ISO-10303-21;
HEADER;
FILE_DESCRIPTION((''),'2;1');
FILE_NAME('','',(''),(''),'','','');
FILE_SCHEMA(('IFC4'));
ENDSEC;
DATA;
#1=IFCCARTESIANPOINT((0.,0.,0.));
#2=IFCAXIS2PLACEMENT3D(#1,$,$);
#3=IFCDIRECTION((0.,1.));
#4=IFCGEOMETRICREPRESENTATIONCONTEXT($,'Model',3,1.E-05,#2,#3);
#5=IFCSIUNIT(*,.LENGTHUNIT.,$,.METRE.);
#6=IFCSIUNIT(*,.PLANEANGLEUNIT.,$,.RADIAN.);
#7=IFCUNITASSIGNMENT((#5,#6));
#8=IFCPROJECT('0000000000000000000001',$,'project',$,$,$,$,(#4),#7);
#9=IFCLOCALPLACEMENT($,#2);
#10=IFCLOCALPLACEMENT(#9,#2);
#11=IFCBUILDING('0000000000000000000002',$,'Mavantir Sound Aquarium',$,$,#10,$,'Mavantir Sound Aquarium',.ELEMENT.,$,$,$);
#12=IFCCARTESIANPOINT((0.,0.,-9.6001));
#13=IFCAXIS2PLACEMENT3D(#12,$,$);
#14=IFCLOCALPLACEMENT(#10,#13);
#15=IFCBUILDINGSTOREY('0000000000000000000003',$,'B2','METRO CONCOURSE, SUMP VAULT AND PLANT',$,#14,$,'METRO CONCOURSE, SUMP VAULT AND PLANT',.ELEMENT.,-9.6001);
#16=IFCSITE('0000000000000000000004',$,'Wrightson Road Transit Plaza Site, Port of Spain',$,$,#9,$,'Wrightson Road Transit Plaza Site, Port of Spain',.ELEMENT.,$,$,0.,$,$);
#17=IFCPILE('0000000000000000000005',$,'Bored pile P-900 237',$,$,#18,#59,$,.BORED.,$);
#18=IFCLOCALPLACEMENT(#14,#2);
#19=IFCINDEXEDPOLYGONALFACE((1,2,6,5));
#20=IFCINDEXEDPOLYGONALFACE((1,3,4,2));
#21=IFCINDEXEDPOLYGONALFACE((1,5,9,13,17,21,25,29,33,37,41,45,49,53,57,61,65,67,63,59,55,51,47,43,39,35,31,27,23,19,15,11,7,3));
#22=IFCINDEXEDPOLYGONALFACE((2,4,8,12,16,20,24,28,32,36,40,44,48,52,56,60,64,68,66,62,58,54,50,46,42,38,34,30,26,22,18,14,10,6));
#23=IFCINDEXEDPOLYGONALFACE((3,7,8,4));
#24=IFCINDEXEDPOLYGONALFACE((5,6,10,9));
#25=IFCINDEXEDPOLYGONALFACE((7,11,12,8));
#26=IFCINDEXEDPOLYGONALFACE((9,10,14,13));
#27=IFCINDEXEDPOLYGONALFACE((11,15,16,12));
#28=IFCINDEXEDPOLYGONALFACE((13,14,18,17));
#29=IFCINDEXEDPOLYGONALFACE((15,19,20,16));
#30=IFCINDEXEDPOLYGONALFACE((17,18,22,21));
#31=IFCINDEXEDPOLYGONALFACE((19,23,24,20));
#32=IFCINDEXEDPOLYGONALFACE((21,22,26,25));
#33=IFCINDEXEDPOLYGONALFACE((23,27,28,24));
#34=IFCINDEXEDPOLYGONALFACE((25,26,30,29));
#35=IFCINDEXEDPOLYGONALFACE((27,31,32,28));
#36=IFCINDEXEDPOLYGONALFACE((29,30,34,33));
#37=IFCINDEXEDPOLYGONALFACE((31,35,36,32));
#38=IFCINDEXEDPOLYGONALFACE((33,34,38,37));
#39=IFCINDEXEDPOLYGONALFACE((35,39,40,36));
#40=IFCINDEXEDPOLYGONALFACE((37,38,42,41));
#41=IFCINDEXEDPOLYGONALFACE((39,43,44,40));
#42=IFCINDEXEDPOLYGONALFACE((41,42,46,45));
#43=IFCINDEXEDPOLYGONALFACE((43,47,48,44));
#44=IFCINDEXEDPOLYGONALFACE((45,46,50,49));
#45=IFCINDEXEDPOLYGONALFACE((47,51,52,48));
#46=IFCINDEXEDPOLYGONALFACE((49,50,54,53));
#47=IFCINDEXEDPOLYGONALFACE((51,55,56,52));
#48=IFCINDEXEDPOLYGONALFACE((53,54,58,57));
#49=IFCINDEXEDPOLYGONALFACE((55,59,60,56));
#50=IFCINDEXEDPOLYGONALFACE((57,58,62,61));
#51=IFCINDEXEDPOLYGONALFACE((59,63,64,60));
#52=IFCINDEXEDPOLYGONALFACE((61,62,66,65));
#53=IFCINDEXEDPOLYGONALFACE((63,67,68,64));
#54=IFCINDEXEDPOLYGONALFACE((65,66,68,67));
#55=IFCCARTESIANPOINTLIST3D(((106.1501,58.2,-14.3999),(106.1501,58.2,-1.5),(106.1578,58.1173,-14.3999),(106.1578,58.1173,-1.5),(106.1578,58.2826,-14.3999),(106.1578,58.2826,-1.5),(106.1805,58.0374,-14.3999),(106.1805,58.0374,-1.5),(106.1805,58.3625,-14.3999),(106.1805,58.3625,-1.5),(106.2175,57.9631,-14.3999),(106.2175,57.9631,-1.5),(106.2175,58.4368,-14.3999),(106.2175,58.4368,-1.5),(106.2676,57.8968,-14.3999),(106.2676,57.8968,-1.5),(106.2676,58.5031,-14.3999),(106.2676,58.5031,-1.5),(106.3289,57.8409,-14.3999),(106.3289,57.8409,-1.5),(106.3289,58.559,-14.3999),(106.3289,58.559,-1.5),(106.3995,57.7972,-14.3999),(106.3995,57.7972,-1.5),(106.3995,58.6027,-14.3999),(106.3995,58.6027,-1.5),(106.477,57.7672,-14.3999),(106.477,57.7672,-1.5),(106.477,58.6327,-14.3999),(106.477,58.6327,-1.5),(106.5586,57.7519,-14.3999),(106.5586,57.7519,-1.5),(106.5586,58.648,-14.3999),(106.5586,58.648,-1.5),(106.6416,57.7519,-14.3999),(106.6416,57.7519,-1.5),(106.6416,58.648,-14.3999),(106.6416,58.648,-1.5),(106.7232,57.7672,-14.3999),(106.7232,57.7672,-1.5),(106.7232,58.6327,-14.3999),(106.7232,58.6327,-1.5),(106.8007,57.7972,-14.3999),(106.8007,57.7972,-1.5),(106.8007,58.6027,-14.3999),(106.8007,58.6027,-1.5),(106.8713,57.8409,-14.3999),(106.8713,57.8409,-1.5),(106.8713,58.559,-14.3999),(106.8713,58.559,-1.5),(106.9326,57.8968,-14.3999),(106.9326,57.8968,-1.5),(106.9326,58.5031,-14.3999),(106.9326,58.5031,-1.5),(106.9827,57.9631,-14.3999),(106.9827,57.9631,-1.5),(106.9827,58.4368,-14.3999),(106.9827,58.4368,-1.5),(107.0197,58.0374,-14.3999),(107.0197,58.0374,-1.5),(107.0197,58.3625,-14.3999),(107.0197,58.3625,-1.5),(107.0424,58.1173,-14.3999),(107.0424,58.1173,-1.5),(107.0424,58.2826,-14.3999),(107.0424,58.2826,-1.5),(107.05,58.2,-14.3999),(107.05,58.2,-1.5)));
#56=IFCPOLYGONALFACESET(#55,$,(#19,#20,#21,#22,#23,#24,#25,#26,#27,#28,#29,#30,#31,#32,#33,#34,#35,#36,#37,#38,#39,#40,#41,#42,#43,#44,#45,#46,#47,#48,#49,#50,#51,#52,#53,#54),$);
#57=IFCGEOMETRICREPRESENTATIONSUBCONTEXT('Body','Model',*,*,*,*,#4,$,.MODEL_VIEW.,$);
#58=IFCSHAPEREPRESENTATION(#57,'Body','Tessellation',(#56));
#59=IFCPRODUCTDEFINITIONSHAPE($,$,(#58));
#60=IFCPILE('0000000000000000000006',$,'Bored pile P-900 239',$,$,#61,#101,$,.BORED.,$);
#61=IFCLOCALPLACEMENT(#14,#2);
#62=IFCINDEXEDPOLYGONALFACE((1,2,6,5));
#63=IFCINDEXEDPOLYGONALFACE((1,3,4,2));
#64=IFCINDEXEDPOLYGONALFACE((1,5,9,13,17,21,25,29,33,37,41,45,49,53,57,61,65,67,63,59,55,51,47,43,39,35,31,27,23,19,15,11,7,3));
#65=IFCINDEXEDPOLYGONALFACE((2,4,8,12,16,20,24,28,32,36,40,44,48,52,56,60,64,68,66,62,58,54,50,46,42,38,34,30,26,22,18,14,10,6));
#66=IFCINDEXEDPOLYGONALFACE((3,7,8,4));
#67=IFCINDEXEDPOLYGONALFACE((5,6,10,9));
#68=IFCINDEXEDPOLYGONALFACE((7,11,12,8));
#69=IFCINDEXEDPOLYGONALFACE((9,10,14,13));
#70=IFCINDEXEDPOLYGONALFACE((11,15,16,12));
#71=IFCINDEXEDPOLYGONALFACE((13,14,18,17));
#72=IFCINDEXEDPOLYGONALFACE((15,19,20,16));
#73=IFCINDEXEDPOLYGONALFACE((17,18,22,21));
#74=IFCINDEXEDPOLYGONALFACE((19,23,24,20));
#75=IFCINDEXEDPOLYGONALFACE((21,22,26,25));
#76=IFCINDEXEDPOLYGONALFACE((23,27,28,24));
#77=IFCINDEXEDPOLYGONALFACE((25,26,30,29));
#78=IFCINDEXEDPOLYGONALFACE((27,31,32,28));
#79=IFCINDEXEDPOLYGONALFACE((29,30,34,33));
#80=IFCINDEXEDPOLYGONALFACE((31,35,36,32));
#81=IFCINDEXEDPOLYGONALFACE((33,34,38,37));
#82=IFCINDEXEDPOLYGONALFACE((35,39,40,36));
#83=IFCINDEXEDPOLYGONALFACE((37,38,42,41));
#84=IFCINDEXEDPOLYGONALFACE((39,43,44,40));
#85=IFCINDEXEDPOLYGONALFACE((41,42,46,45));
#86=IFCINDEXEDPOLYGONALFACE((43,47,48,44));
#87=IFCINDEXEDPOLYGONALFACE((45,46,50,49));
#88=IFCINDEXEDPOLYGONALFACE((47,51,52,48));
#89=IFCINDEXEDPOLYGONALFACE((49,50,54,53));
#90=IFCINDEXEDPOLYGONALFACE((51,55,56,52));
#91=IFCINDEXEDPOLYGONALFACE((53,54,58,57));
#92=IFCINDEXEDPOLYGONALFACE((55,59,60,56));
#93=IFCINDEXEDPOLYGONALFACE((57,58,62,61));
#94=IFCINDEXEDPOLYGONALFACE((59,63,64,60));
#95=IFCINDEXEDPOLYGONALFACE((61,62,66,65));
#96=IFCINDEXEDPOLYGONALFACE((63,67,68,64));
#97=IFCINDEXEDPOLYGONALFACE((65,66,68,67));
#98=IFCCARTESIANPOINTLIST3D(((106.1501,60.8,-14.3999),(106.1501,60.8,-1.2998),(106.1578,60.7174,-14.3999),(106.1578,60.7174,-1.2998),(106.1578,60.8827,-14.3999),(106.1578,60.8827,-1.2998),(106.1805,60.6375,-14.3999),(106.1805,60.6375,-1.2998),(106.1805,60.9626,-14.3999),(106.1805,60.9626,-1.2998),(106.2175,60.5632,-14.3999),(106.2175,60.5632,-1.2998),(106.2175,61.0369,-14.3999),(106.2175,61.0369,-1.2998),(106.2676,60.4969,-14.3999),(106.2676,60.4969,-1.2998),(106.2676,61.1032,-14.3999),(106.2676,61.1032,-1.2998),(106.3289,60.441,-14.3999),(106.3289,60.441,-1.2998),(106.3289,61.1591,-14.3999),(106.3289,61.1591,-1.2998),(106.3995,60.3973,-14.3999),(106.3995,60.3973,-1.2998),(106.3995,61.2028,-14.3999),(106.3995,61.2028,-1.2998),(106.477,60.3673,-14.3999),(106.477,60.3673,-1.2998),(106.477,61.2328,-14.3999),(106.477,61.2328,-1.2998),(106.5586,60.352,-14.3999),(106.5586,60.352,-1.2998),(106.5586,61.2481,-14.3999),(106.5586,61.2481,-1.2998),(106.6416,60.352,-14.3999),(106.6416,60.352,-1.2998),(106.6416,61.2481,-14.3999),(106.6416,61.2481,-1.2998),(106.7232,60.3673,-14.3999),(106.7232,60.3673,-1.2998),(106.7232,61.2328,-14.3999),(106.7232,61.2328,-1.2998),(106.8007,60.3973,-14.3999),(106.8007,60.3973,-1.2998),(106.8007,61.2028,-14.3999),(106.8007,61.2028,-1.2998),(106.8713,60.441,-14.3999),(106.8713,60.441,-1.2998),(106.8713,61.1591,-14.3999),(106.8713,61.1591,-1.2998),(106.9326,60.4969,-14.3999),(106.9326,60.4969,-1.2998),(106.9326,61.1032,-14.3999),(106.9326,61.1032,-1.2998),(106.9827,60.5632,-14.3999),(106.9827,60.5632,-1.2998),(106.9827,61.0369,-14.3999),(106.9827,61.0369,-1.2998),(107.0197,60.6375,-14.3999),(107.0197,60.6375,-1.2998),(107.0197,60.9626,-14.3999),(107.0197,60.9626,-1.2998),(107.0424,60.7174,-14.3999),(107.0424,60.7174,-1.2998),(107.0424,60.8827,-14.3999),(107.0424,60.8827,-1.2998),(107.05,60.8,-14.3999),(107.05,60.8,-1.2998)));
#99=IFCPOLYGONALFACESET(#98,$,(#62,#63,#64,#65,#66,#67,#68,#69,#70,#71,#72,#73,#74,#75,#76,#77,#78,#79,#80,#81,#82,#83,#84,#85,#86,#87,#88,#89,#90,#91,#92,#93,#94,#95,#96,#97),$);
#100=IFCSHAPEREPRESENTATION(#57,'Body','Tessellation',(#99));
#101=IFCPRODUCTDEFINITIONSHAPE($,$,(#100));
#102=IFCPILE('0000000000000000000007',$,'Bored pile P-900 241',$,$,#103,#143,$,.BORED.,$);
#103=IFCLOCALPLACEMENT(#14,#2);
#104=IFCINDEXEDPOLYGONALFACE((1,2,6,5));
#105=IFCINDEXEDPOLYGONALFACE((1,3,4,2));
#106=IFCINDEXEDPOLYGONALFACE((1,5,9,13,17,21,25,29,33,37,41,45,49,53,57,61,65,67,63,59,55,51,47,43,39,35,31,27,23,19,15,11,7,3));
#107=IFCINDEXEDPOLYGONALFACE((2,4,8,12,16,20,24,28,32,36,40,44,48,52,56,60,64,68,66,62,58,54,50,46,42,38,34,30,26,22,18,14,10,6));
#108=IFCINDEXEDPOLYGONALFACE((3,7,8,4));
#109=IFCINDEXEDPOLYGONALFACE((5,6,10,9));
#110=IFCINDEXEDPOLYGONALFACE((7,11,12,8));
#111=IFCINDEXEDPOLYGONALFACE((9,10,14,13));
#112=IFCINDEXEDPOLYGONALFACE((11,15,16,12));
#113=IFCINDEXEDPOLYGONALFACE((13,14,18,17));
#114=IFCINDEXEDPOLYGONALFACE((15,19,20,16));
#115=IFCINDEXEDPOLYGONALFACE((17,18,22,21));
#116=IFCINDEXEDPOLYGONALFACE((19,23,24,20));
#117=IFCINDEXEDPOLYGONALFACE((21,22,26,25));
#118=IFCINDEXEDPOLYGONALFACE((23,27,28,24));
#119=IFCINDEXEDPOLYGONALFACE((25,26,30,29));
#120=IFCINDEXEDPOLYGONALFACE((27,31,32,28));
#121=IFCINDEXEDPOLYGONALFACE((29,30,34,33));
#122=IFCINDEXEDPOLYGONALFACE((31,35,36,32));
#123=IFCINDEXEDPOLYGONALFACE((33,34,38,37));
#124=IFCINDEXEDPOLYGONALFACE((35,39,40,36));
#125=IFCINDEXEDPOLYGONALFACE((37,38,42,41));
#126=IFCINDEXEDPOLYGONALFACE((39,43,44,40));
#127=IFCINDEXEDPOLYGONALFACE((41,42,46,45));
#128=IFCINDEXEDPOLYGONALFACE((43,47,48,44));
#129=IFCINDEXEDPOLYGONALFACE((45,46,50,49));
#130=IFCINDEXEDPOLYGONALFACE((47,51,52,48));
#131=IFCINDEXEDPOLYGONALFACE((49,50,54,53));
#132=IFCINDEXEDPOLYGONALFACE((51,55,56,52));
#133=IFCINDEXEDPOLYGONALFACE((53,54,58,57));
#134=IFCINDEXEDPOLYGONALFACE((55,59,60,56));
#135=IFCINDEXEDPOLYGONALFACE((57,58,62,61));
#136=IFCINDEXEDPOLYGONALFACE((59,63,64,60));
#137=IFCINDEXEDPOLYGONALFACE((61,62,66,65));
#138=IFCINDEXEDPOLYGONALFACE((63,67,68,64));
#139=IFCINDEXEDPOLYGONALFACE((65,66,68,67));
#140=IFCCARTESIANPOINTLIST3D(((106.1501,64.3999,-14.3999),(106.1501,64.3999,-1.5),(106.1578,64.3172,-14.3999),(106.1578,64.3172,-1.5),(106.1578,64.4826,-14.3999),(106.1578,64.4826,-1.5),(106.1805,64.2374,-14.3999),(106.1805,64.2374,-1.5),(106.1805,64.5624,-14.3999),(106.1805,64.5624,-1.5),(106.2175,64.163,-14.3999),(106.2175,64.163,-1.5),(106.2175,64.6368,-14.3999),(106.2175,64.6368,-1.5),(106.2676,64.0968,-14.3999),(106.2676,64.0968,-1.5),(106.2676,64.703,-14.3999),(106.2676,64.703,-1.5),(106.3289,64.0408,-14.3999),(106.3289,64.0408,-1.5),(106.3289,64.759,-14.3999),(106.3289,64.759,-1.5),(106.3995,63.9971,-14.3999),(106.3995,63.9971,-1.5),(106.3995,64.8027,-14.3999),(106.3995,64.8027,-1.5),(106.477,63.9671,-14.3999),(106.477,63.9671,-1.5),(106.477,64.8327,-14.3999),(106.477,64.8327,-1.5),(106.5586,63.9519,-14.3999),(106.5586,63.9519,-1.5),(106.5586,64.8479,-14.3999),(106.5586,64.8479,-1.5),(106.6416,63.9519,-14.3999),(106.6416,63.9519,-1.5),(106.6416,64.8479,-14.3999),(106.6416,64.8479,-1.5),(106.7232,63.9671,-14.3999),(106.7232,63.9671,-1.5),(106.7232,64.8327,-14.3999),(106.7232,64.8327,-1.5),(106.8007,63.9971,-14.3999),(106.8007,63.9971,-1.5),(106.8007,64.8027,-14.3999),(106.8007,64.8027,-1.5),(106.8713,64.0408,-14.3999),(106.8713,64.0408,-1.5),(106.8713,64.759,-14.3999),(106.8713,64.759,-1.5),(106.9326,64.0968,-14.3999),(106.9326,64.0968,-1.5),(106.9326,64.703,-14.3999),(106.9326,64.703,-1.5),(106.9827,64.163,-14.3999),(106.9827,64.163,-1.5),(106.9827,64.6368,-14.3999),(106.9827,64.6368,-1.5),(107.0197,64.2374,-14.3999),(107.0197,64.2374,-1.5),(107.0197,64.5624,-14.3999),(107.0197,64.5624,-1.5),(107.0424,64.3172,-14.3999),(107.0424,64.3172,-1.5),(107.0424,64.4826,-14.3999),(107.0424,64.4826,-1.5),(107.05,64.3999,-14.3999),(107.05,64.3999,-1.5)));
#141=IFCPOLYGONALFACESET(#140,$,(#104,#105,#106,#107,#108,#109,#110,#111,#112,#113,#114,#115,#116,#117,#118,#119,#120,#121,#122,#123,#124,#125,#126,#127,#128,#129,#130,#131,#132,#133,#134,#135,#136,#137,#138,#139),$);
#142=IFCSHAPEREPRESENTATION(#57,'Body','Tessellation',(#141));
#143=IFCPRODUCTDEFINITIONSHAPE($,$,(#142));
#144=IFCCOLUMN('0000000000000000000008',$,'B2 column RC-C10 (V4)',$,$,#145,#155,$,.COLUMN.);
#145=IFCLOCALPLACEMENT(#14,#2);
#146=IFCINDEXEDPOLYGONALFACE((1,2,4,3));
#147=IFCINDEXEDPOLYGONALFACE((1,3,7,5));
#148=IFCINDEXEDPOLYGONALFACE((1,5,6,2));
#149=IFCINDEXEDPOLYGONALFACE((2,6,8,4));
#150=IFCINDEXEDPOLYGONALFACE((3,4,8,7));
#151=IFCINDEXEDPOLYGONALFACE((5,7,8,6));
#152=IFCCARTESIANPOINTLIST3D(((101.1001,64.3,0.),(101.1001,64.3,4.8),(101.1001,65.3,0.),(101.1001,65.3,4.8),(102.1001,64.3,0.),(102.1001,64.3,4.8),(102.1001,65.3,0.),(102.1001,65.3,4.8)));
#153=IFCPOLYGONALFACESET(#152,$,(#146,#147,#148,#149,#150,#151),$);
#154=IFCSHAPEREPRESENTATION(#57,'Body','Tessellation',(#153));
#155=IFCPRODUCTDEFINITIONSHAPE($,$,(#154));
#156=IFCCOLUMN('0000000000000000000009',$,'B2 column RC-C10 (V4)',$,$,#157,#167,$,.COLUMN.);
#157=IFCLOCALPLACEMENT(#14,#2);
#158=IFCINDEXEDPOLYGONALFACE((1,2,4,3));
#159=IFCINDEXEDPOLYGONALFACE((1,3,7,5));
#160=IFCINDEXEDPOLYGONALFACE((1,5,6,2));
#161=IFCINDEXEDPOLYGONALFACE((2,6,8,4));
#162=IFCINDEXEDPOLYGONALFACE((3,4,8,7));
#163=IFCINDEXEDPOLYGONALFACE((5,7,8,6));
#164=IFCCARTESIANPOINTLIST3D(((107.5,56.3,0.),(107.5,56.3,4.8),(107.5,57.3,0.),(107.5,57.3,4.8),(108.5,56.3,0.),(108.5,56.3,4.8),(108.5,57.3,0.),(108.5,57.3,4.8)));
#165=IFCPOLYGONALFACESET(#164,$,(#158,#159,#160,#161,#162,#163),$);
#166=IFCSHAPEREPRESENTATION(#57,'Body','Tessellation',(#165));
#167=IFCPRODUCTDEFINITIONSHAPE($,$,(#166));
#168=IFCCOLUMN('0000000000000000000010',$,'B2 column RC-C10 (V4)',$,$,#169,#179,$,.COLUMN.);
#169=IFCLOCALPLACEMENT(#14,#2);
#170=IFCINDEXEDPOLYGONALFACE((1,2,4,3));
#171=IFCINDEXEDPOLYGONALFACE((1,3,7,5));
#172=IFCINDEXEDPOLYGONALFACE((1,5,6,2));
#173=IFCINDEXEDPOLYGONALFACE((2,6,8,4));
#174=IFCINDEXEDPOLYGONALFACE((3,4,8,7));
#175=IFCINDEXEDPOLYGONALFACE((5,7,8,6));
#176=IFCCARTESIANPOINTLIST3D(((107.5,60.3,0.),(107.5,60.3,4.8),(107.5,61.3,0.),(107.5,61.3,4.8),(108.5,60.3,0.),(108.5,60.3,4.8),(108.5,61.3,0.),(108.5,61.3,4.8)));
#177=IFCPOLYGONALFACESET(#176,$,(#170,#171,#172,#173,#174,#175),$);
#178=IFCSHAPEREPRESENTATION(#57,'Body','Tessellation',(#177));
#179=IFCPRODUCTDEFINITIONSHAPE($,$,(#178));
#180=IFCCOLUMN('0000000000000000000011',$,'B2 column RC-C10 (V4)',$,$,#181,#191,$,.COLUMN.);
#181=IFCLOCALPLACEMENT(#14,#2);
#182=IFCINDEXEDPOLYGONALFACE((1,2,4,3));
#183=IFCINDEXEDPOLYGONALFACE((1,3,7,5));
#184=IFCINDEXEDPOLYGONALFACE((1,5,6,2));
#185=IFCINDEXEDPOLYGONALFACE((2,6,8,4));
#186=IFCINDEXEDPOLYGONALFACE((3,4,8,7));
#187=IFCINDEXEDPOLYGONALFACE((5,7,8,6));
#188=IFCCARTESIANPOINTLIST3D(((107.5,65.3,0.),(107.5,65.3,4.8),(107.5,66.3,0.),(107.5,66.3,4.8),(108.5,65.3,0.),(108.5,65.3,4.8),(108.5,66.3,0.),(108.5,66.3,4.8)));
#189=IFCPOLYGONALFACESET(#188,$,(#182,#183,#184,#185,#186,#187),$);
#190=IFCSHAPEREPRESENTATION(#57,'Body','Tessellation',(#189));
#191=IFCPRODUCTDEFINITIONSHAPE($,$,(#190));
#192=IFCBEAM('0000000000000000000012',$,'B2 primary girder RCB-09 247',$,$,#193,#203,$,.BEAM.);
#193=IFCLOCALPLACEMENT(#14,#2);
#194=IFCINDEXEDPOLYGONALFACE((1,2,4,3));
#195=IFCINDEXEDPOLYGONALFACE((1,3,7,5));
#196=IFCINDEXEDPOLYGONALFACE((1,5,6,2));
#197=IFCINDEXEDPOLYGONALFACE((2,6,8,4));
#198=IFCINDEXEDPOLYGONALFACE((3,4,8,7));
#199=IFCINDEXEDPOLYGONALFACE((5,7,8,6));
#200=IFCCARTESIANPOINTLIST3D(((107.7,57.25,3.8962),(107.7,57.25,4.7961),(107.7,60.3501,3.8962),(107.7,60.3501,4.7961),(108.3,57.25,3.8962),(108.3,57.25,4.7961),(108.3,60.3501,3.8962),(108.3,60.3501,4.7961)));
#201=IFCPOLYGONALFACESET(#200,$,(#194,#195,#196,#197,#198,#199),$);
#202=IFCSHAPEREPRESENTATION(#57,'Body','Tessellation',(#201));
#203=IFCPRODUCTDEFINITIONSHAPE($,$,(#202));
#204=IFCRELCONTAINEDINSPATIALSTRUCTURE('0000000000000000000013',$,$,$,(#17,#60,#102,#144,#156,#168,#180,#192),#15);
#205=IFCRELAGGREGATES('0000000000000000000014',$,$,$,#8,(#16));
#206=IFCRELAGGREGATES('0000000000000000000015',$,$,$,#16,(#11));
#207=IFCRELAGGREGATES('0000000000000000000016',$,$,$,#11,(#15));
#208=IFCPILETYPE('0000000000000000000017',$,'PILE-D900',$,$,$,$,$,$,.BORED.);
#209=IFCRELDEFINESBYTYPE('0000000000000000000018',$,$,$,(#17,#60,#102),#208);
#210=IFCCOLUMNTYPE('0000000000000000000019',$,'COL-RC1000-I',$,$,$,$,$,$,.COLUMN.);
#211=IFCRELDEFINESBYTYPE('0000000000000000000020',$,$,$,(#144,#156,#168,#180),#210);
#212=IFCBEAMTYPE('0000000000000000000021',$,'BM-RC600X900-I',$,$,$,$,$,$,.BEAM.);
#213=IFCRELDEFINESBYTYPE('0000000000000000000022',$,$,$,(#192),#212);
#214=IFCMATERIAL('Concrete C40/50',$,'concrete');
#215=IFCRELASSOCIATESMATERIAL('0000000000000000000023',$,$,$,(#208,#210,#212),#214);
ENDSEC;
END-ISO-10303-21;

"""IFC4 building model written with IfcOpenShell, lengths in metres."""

from ifc_helpers import new_model, si_unit, direction, frame, origin, origin_2d, place, context, subcontext, project, spatial, rectangle, circle, extrude, material, material_profile, profile_set, type_object, element, save


model = new_model("IFC4")

# Units and contexts
model_context = context("Model", 3, precision=1e-05, world=origin(), true_north=direction((0.0, 1.0)))
body_context = subcontext(model_context, "Body", "Model", "MODEL_VIEW")
ifc_project = project(units=[si_unit("LENGTHUNIT", "METRE"), si_unit("PLANEANGLEUNIT", "RADIAN")], contexts=[model_context])

# Site, building, storey
site_placement = place(None, origin())
site = spatial("IfcSite", under=ifc_project, at=site_placement, Name="Wrightson Road Transit Plaza Site, Port of Spain", LongName="Wrightson Road Transit Plaza Site, Port of Spain", CompositionType="ELEMENT", RefElevation=0.0)
building_placement = place(site_placement, origin())
building = spatial("IfcBuilding", under=site, at=building_placement, Name="Mavantir Sound Aquarium", LongName="Mavantir Sound Aquarium", CompositionType="ELEMENT")
storey_placement = place(building_placement, frame((0.0, 0.0, -9.6001)))
storey = spatial("IfcBuildingStorey", under=building, at=storey_placement, Name="B2", Description="METRO CONCOURSE, SUMP VAULT AND PLANT", LongName="METRO CONCOURSE, SUMP VAULT AND PLANT", CompositionType="ELEMENT", Elevation=-9.6001)

# Shared definitions
ifc_material = material(Name="Concrete C40/50", Category="concrete")

# Piles
ifc_material_profile_1 = material_profile(ifc_material, circle(Radius=0.45, at=origin_2d()), Name="PILE D900")
ifc_profile_set_1 = profile_set([ifc_material_profile_1], Name="Concrete C40/50")
pile_type = type_object("IfcPileType", Name="PILE-D900", PredefinedType="BORED", material=ifc_profile_set_1)
for number, where, z_axis, x_axis, name in (
    (1, (106.6001, 58.2, -1.5), (0.0, 0.0, -1.0), (1.0, 0.0, 0.0), "Bored pile P-900 237"),
):
    element("IfcPile", number, at=place(storey_placement, frame(where, z_axis=z_axis, x_axis=x_axis)), inside=storey, type_object=pile_type, Name=name, PredefinedType="BORED", context=body_context, shape_type="SweptSolid", body=[
        extrude(circle(Radius=0.45, at=origin_2d()), origin(), (0.0, 0.0, 1.0), 12.8999),
    ])
pile_1_placement = place(storey_placement, frame((106.6001, 60.8, -1.2998), z_axis=(0.0, 0.0, -1.0), x_axis=(1.0, 0.0, 0.0)))
element("IfcPile", 2, at=pile_1_placement, inside=storey, type_object=pile_type, Name="Bored pile P-900 239", PredefinedType="BORED", context=body_context, shape_type="SweptSolid", body=[
    extrude(circle(Radius=0.45, at=origin_2d()), origin(), (0.0, 0.0, 1.0), 13.1001),
])
pile_2_placement = place(storey_placement, frame((106.6001, 64.3999, -1.5), z_axis=(0.0, 0.0, -1.0), x_axis=(1.0, 0.0, 0.0)))
element("IfcPile", 3, at=pile_2_placement, inside=storey, type_object=pile_type, Name="Bored pile P-900 241", PredefinedType="BORED", context=body_context, shape_type="SweptSolid", body=[
    extrude(circle(Radius=0.45, at=origin_2d()), origin(), (0.0, 0.0, 1.0), 12.8999),
])

# Columns
ifc_material_profile_2 = material_profile(ifc_material, rectangle(XDim=1.0, YDim=1.0, at=origin_2d()), Name="RC 1000X1000")
ifc_profile_set_2 = profile_set([ifc_material_profile_2], Name="Concrete C40/50")
column_type = type_object("IfcColumnType", Name="COL-RC1000-I", PredefinedType="COLUMN", material=ifc_profile_set_2)
for number, where, z_axis, x_axis, name in (
    (4, (101.6001, 64.8, 0.0), (0.0, 0.0, 1.0), (1.0, 0.0, 0.0), "B2 column RC-C10 (V4)"),
    (5, (108.0, 56.8, 0.0), (0.0, 0.0, 1.0), (1.0, 0.0, 0.0), "B2 column RC-C10 (V4)"),
    (6, (108.0, 60.8, 0.0), (0.0, 0.0, 1.0), (1.0, 0.0, 0.0), "B2 column RC-C10 (V4)"),
    (7, (108.0, 65.8, 0.0), (0.0, 0.0, 1.0), (1.0, 0.0, 0.0), "B2 column RC-C10 (V4)"),
):
    element("IfcColumn", number, at=place(storey_placement, frame(where, z_axis=z_axis, x_axis=x_axis)), inside=storey, type_object=column_type, Name=name, PredefinedType="COLUMN", context=body_context, shape_type="SweptSolid", body=[
        extrude(rectangle(XDim=1.0, YDim=1.0, at=origin_2d()), origin(), (0.0, 0.0, 1.0), 4.8),
    ])

# Beam
ifc_material_profile_3 = material_profile(ifc_material, rectangle(XDim=0.6001, YDim=0.8999, at=origin_2d()), Name="RC 600X900")
ifc_profile_set_3 = profile_set([ifc_material_profile_3], Name="Concrete C40/50")
beam_type_1 = type_object("IfcBeamType", Name="BM-RC600X900-I", PredefinedType="BEAM", material=ifc_profile_set_3)
beam_1_placement = place(storey_placement, frame((108.0, 57.25, 4.3462), z_axis=(0.0, 1.0, 0.0), x_axis=(-1.0, 0.0, 0.0)))
element("IfcBeam", 8, at=beam_1_placement, inside=storey, type_object=beam_type_1, Name="B2 primary girder RCB-09 247", PredefinedType="BEAM", context=body_context, shape_type="SweptSolid", body=[
    extrude(rectangle(XDim=0.6001, YDim=0.8999, at=origin_2d()), origin(), (0.0, 0.0, 1.0), 3.1001),
])

save(model, "model.ifc")
